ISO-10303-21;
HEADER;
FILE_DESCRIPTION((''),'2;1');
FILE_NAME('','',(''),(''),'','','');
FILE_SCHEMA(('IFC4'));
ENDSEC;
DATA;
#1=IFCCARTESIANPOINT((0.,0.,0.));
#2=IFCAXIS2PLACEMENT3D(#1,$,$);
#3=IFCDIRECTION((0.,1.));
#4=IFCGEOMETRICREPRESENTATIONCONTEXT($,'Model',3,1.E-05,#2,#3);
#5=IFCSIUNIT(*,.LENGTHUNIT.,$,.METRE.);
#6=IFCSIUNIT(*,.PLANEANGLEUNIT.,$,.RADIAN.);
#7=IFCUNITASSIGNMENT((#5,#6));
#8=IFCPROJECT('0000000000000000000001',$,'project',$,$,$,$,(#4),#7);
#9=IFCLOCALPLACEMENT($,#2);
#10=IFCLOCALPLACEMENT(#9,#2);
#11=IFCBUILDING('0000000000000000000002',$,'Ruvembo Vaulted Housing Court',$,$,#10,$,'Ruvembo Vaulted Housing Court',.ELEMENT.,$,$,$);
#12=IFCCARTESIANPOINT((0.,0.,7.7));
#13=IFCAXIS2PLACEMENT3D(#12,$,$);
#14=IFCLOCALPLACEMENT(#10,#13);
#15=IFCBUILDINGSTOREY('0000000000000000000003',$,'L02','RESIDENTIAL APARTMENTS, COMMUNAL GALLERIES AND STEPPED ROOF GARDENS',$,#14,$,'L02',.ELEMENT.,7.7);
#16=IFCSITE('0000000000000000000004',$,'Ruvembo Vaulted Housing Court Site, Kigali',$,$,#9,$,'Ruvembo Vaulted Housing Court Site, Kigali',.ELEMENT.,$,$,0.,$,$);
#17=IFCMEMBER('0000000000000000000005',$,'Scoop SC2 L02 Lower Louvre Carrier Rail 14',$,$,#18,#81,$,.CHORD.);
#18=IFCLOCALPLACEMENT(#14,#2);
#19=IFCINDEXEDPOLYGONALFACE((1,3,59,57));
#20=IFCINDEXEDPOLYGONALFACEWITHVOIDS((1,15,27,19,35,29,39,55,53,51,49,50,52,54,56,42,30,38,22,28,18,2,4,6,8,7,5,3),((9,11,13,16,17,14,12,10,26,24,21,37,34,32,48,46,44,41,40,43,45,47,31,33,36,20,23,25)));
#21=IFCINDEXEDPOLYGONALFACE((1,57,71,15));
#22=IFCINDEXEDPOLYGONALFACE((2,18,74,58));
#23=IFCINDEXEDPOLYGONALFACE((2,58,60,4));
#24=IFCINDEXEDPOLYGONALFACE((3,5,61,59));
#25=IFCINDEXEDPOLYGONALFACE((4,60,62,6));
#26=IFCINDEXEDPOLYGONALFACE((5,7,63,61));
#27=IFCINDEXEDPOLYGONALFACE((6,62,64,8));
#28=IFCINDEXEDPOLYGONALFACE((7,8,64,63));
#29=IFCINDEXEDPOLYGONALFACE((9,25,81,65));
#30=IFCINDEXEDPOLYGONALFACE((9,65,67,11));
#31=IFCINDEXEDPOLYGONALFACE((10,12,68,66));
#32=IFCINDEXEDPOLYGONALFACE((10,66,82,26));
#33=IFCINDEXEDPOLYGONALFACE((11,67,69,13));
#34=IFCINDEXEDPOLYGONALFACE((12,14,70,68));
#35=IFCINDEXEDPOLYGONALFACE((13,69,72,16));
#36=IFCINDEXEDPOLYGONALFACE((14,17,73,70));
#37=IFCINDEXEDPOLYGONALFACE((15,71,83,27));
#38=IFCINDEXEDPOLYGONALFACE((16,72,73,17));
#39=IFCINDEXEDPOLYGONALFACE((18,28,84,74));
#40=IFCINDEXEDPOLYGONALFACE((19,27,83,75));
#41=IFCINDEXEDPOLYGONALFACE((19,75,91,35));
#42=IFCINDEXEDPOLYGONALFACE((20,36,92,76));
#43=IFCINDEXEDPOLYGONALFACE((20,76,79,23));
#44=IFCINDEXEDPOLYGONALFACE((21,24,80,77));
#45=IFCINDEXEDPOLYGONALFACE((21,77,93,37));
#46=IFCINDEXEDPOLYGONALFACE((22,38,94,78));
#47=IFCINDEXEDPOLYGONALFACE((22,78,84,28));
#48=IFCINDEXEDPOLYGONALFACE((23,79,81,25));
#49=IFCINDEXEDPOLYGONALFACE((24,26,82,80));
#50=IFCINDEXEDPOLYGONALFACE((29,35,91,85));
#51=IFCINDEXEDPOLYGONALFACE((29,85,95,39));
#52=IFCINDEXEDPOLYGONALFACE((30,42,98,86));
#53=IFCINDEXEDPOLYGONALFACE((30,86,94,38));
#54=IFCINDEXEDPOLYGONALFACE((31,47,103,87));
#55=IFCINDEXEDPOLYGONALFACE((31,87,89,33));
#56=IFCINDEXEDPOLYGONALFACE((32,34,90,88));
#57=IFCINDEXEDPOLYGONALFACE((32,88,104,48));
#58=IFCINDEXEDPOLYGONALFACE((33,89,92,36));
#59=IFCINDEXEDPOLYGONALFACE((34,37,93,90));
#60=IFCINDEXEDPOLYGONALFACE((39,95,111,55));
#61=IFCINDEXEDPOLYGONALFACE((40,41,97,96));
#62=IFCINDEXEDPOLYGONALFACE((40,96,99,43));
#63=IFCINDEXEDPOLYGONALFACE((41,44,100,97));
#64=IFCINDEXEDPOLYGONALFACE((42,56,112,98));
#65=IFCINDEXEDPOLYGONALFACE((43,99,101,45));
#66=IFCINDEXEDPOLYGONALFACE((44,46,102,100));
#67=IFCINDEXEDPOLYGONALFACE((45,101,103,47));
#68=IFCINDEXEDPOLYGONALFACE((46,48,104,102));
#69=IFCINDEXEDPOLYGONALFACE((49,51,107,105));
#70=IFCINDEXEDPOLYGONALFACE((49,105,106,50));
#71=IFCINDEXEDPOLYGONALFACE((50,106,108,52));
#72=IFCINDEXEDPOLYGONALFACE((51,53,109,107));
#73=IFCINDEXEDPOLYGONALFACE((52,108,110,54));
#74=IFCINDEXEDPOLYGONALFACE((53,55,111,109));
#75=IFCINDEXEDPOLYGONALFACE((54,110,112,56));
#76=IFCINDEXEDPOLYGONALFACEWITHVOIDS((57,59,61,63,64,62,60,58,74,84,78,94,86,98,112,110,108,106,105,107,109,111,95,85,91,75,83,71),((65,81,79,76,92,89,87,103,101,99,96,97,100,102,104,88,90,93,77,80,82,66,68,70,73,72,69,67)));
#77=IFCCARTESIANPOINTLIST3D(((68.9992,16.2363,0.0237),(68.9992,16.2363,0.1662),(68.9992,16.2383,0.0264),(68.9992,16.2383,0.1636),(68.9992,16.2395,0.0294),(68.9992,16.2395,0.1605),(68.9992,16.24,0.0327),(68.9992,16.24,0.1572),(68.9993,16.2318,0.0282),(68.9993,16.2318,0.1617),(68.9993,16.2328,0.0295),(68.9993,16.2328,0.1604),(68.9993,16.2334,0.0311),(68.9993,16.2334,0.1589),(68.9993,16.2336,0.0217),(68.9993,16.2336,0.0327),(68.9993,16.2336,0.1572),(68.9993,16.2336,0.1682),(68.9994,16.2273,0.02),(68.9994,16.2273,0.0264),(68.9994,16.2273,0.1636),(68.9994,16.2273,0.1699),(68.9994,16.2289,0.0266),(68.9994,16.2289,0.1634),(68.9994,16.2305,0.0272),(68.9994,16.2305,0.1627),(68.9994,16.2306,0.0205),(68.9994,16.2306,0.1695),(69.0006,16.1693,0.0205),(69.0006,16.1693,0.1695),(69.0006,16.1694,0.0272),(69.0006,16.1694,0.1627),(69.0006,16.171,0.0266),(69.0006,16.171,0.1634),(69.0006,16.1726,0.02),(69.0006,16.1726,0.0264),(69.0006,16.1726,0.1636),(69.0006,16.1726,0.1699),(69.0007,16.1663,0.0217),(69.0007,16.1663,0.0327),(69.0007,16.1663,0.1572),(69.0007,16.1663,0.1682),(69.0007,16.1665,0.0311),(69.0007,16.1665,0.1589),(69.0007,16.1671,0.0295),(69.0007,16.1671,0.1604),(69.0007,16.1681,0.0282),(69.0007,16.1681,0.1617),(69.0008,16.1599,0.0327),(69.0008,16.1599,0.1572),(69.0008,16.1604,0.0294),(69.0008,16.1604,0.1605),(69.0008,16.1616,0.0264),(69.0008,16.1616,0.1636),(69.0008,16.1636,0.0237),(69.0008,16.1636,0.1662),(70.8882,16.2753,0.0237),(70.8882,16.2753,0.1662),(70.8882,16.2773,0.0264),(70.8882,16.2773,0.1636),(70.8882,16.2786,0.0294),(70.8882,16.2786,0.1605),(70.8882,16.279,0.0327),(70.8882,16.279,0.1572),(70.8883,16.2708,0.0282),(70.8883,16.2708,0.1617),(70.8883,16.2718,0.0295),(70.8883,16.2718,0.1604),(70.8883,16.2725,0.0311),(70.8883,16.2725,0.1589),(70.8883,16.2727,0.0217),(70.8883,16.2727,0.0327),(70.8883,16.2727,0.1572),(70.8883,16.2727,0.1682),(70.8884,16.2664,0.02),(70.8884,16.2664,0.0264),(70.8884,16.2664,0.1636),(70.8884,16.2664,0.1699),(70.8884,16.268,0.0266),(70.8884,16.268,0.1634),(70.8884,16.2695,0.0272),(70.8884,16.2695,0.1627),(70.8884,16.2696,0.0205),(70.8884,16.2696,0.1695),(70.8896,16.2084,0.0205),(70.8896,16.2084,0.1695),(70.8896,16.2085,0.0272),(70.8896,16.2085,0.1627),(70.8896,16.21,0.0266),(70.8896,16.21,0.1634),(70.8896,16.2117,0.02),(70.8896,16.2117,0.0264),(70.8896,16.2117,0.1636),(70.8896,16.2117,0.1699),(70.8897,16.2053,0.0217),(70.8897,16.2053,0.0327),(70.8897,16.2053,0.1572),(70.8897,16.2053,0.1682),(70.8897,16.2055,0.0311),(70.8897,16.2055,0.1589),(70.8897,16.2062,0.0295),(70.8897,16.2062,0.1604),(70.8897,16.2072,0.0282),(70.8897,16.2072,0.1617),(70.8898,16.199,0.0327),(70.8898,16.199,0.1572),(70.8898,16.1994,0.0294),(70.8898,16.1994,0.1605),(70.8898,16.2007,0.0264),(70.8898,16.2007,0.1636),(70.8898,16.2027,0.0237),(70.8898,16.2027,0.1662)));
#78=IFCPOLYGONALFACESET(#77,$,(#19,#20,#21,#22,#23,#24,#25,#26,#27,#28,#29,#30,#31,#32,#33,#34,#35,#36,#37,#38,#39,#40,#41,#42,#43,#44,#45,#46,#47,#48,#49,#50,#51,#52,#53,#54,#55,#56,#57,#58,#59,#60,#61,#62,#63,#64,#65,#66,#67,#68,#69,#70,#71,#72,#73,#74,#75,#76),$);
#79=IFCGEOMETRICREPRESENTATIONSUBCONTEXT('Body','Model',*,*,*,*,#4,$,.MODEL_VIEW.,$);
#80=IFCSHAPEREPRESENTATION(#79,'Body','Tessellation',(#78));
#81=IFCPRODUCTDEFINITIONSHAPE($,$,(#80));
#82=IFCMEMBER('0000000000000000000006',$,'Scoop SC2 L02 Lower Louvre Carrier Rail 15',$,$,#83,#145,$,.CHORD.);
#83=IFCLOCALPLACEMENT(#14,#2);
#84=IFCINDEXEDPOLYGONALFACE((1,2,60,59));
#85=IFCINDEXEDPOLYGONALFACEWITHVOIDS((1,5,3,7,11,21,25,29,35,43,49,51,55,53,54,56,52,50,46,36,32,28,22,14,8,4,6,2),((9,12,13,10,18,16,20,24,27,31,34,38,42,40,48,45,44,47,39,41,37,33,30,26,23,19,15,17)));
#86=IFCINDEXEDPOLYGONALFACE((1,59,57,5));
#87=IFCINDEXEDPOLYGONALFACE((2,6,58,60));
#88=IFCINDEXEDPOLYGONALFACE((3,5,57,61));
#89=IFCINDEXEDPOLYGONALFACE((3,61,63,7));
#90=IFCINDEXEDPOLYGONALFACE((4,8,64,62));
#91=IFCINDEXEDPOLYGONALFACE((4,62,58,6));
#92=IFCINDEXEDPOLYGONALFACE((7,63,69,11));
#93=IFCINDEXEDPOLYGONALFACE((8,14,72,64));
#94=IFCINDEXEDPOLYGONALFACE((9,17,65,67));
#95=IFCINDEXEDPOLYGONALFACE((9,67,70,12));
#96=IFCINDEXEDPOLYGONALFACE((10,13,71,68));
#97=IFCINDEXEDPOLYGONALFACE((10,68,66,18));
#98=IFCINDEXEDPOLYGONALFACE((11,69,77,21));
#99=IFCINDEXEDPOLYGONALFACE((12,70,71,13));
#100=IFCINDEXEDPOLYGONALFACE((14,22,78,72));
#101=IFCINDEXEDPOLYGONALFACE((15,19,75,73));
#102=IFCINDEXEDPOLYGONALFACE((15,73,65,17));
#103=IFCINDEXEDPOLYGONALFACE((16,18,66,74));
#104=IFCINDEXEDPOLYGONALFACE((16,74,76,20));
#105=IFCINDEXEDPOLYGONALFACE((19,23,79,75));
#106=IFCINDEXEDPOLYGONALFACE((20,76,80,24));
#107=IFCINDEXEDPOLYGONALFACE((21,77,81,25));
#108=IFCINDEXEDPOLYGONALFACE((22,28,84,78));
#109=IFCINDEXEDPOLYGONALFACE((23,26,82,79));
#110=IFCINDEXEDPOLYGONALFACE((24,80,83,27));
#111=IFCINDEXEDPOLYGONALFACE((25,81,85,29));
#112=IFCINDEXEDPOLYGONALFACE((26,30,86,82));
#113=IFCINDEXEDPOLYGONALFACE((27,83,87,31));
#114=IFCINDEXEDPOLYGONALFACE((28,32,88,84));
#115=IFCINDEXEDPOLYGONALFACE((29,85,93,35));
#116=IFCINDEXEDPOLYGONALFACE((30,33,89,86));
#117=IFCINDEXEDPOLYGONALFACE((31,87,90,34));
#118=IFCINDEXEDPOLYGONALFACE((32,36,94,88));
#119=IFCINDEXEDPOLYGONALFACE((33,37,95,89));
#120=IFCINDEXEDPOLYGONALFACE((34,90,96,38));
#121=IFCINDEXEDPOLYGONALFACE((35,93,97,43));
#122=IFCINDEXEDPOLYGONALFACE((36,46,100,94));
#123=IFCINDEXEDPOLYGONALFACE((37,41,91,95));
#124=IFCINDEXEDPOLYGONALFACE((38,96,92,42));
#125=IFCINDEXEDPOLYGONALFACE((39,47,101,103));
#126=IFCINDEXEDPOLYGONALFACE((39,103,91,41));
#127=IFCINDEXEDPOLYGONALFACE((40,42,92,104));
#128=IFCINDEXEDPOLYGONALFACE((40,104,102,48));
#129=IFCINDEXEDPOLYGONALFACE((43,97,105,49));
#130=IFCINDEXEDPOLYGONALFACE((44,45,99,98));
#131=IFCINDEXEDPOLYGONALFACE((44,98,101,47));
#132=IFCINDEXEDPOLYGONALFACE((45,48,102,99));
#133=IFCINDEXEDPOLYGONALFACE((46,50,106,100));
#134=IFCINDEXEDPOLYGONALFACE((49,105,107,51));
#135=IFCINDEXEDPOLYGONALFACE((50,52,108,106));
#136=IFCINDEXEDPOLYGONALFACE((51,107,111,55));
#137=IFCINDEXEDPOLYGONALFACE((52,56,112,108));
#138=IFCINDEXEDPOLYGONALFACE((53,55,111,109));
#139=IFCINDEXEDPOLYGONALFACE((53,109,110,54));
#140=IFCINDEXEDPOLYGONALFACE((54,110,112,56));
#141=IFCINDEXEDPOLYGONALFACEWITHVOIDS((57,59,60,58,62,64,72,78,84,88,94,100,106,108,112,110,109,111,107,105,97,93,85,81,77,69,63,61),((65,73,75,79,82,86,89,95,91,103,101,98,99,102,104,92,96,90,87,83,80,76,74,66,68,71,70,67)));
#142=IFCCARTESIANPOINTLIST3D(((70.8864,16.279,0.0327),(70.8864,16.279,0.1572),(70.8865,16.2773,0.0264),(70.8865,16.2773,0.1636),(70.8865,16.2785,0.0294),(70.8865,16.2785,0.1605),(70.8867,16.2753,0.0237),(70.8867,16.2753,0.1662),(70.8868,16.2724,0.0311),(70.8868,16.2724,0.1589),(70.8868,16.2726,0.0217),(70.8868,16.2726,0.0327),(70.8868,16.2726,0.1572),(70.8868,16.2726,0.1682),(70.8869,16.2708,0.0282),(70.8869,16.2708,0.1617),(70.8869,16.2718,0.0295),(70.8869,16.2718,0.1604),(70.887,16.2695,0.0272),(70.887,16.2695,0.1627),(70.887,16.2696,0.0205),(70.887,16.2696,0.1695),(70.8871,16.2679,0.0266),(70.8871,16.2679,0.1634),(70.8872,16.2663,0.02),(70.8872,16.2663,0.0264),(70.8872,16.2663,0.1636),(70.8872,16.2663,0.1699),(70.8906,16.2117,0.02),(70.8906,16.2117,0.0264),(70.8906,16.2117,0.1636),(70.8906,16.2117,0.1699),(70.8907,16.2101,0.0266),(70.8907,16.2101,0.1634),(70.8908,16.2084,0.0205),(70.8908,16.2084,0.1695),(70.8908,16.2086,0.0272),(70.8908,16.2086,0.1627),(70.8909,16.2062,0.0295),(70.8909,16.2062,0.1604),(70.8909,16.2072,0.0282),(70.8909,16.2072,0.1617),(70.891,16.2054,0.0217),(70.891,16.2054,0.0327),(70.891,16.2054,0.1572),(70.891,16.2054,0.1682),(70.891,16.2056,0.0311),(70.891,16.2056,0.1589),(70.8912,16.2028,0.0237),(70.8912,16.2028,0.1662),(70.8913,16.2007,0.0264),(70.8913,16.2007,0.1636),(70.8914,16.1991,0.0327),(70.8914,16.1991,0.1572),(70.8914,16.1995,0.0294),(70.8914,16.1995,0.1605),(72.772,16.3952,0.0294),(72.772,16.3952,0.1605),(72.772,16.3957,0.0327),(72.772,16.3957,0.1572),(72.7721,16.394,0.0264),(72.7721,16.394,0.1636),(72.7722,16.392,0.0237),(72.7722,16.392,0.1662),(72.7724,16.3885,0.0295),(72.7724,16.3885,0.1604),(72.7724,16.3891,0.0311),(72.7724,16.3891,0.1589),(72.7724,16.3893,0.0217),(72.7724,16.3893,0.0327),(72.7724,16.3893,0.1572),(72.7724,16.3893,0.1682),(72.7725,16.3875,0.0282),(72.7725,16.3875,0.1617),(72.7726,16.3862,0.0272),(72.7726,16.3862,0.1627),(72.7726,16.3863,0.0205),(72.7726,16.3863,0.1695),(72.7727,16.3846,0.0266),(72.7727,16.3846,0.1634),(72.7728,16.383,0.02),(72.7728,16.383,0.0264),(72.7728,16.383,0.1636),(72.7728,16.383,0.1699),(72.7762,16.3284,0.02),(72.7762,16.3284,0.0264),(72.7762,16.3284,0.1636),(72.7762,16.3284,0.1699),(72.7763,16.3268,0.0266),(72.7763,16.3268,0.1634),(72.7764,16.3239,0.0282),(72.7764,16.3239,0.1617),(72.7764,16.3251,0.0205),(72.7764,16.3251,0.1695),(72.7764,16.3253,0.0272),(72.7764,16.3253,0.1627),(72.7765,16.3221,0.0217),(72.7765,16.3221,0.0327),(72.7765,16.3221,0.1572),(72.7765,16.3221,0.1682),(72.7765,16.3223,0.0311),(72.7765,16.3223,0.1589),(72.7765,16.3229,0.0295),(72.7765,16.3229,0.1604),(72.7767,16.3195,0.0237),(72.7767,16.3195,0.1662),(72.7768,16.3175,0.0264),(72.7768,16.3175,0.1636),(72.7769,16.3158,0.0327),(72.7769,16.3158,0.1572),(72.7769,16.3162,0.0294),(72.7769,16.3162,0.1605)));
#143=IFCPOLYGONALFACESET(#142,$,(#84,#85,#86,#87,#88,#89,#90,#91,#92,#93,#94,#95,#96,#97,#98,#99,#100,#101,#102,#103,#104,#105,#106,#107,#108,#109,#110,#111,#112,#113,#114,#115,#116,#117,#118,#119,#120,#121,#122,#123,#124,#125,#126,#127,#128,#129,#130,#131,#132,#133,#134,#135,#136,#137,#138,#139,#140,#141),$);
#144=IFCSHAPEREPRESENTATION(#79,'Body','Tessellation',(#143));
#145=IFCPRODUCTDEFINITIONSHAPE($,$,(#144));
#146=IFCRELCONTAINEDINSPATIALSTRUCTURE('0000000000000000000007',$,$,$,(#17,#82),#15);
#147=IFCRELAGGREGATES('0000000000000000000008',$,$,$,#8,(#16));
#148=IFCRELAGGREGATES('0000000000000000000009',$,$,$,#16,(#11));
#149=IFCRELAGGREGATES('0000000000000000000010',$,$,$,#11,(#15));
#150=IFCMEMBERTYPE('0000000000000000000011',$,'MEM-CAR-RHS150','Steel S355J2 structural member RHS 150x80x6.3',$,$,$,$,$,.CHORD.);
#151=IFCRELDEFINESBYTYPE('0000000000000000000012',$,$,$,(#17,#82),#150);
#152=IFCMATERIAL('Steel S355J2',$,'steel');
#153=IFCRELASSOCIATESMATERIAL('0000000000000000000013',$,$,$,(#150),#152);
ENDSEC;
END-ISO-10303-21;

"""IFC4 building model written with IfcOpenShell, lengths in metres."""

from ifc_helpers import new_model, si_unit, direction, frame, origin, origin_2d, place, context, subcontext, project, spatial, hollow_rectangle, extrude, material, material_profile, profile_set, type_object, element, save


model = new_model("IFC4")

# Units and contexts
model_context = context("Model", 3, precision=1e-05, world=origin(), true_north=direction((0.0, 1.0)))
body_context = subcontext(model_context, "Body", "Model", "MODEL_VIEW")
ifc_project = project(units=[si_unit("LENGTHUNIT", "METRE"), si_unit("PLANEANGLEUNIT", "RADIAN")], contexts=[model_context])

# Site, building, storey
site_placement = place(None, origin())
site = spatial("IfcSite", under=ifc_project, at=site_placement, Name="Ruvembo Vaulted Housing Court Site, Kigali", LongName="Ruvembo Vaulted Housing Court Site, Kigali", CompositionType="ELEMENT", RefElevation=0.0)
building_placement = place(site_placement, origin())
building = spatial("IfcBuilding", under=site, at=building_placement, Name="Ruvembo Vaulted Housing Court", LongName="Ruvembo Vaulted Housing Court", CompositionType="ELEMENT")
storey_placement = place(building_placement, frame((0.0, 0.0, 7.7)))
storey = spatial("IfcBuildingStorey", under=building, at=storey_placement, Name="L02", Description="RESIDENTIAL APARTMENTS, COMMUNAL GALLERIES AND STEPPED ROOF GARDENS", LongName="L02", CompositionType="ELEMENT", Elevation=7.7)

# Shared definitions
ifc_material_1 = material(Name="Steel S355J2", Category="steel")

# Members
ifc_material_profile_1 = material_profile(ifc_material_1, hollow_rectangle(XDim=0.0801, YDim=0.1499, WallThickness=0.0063, InnerFilletRadius=0.0063, OuterFilletRadius=0.0127, at=origin_2d()), Name="RHS 150x80x6.3")
ifc_profile_set_1 = profile_set([ifc_material_profile_1], Name="Steel S355J2")
member_type_1 = type_object("IfcMemberType", Name="MEM-CAR-RHS150", Description="Steel S355J2 structural member RHS 150x80x6.3", PredefinedType="CHORD", material=ifc_profile_set_1)
for number, where, z_axis, x_axis, name in (
    (1, (69.0, 16.2, 0.095), (0.999786, 0.020675, 0.0), (-0.020675, 0.999786, 0.0), "Scoop SC2 L02 Lower Louvre Carrier Rail 14"),
):
    element("IfcMember", number, at=place(storey_placement, frame(where, z_axis=z_axis, x_axis=x_axis)), inside=storey, type_object=member_type_1, Name=name, PredefinedType="CHORD", context=body_context, shape_type="SweptSolid", body=[
        extrude(hollow_rectangle(XDim=0.0801, YDim=0.1499, WallThickness=0.0063, InnerFilletRadius=0.0063, OuterFilletRadius=0.0127, at=origin_2d()), origin(), (0.0, 0.0, 1.0), 1.8894),
    ])
member_1_placement = place(storey_placement, frame((70.8889, 16.239, 0.095), z_axis=(0.99809, 0.061775, 0.0), x_axis=(-0.061775, 0.99809, 0.0)))
element("IfcMember", 2, at=member_1_placement, inside=storey, type_object=member_type_1, Name="Scoop SC2 L02 Lower Louvre Carrier Rail 15", PredefinedType="CHORD", context=body_context, shape_type="SweptSolid", body=[
    extrude(hollow_rectangle(XDim=0.0801, YDim=0.1499, WallThickness=0.0063, InnerFilletRadius=0.0063, OuterFilletRadius=0.0127, at=origin_2d()), origin(), (0.0, 0.0, 1.0), 1.8892),
])

save(model, "model.ifc")
